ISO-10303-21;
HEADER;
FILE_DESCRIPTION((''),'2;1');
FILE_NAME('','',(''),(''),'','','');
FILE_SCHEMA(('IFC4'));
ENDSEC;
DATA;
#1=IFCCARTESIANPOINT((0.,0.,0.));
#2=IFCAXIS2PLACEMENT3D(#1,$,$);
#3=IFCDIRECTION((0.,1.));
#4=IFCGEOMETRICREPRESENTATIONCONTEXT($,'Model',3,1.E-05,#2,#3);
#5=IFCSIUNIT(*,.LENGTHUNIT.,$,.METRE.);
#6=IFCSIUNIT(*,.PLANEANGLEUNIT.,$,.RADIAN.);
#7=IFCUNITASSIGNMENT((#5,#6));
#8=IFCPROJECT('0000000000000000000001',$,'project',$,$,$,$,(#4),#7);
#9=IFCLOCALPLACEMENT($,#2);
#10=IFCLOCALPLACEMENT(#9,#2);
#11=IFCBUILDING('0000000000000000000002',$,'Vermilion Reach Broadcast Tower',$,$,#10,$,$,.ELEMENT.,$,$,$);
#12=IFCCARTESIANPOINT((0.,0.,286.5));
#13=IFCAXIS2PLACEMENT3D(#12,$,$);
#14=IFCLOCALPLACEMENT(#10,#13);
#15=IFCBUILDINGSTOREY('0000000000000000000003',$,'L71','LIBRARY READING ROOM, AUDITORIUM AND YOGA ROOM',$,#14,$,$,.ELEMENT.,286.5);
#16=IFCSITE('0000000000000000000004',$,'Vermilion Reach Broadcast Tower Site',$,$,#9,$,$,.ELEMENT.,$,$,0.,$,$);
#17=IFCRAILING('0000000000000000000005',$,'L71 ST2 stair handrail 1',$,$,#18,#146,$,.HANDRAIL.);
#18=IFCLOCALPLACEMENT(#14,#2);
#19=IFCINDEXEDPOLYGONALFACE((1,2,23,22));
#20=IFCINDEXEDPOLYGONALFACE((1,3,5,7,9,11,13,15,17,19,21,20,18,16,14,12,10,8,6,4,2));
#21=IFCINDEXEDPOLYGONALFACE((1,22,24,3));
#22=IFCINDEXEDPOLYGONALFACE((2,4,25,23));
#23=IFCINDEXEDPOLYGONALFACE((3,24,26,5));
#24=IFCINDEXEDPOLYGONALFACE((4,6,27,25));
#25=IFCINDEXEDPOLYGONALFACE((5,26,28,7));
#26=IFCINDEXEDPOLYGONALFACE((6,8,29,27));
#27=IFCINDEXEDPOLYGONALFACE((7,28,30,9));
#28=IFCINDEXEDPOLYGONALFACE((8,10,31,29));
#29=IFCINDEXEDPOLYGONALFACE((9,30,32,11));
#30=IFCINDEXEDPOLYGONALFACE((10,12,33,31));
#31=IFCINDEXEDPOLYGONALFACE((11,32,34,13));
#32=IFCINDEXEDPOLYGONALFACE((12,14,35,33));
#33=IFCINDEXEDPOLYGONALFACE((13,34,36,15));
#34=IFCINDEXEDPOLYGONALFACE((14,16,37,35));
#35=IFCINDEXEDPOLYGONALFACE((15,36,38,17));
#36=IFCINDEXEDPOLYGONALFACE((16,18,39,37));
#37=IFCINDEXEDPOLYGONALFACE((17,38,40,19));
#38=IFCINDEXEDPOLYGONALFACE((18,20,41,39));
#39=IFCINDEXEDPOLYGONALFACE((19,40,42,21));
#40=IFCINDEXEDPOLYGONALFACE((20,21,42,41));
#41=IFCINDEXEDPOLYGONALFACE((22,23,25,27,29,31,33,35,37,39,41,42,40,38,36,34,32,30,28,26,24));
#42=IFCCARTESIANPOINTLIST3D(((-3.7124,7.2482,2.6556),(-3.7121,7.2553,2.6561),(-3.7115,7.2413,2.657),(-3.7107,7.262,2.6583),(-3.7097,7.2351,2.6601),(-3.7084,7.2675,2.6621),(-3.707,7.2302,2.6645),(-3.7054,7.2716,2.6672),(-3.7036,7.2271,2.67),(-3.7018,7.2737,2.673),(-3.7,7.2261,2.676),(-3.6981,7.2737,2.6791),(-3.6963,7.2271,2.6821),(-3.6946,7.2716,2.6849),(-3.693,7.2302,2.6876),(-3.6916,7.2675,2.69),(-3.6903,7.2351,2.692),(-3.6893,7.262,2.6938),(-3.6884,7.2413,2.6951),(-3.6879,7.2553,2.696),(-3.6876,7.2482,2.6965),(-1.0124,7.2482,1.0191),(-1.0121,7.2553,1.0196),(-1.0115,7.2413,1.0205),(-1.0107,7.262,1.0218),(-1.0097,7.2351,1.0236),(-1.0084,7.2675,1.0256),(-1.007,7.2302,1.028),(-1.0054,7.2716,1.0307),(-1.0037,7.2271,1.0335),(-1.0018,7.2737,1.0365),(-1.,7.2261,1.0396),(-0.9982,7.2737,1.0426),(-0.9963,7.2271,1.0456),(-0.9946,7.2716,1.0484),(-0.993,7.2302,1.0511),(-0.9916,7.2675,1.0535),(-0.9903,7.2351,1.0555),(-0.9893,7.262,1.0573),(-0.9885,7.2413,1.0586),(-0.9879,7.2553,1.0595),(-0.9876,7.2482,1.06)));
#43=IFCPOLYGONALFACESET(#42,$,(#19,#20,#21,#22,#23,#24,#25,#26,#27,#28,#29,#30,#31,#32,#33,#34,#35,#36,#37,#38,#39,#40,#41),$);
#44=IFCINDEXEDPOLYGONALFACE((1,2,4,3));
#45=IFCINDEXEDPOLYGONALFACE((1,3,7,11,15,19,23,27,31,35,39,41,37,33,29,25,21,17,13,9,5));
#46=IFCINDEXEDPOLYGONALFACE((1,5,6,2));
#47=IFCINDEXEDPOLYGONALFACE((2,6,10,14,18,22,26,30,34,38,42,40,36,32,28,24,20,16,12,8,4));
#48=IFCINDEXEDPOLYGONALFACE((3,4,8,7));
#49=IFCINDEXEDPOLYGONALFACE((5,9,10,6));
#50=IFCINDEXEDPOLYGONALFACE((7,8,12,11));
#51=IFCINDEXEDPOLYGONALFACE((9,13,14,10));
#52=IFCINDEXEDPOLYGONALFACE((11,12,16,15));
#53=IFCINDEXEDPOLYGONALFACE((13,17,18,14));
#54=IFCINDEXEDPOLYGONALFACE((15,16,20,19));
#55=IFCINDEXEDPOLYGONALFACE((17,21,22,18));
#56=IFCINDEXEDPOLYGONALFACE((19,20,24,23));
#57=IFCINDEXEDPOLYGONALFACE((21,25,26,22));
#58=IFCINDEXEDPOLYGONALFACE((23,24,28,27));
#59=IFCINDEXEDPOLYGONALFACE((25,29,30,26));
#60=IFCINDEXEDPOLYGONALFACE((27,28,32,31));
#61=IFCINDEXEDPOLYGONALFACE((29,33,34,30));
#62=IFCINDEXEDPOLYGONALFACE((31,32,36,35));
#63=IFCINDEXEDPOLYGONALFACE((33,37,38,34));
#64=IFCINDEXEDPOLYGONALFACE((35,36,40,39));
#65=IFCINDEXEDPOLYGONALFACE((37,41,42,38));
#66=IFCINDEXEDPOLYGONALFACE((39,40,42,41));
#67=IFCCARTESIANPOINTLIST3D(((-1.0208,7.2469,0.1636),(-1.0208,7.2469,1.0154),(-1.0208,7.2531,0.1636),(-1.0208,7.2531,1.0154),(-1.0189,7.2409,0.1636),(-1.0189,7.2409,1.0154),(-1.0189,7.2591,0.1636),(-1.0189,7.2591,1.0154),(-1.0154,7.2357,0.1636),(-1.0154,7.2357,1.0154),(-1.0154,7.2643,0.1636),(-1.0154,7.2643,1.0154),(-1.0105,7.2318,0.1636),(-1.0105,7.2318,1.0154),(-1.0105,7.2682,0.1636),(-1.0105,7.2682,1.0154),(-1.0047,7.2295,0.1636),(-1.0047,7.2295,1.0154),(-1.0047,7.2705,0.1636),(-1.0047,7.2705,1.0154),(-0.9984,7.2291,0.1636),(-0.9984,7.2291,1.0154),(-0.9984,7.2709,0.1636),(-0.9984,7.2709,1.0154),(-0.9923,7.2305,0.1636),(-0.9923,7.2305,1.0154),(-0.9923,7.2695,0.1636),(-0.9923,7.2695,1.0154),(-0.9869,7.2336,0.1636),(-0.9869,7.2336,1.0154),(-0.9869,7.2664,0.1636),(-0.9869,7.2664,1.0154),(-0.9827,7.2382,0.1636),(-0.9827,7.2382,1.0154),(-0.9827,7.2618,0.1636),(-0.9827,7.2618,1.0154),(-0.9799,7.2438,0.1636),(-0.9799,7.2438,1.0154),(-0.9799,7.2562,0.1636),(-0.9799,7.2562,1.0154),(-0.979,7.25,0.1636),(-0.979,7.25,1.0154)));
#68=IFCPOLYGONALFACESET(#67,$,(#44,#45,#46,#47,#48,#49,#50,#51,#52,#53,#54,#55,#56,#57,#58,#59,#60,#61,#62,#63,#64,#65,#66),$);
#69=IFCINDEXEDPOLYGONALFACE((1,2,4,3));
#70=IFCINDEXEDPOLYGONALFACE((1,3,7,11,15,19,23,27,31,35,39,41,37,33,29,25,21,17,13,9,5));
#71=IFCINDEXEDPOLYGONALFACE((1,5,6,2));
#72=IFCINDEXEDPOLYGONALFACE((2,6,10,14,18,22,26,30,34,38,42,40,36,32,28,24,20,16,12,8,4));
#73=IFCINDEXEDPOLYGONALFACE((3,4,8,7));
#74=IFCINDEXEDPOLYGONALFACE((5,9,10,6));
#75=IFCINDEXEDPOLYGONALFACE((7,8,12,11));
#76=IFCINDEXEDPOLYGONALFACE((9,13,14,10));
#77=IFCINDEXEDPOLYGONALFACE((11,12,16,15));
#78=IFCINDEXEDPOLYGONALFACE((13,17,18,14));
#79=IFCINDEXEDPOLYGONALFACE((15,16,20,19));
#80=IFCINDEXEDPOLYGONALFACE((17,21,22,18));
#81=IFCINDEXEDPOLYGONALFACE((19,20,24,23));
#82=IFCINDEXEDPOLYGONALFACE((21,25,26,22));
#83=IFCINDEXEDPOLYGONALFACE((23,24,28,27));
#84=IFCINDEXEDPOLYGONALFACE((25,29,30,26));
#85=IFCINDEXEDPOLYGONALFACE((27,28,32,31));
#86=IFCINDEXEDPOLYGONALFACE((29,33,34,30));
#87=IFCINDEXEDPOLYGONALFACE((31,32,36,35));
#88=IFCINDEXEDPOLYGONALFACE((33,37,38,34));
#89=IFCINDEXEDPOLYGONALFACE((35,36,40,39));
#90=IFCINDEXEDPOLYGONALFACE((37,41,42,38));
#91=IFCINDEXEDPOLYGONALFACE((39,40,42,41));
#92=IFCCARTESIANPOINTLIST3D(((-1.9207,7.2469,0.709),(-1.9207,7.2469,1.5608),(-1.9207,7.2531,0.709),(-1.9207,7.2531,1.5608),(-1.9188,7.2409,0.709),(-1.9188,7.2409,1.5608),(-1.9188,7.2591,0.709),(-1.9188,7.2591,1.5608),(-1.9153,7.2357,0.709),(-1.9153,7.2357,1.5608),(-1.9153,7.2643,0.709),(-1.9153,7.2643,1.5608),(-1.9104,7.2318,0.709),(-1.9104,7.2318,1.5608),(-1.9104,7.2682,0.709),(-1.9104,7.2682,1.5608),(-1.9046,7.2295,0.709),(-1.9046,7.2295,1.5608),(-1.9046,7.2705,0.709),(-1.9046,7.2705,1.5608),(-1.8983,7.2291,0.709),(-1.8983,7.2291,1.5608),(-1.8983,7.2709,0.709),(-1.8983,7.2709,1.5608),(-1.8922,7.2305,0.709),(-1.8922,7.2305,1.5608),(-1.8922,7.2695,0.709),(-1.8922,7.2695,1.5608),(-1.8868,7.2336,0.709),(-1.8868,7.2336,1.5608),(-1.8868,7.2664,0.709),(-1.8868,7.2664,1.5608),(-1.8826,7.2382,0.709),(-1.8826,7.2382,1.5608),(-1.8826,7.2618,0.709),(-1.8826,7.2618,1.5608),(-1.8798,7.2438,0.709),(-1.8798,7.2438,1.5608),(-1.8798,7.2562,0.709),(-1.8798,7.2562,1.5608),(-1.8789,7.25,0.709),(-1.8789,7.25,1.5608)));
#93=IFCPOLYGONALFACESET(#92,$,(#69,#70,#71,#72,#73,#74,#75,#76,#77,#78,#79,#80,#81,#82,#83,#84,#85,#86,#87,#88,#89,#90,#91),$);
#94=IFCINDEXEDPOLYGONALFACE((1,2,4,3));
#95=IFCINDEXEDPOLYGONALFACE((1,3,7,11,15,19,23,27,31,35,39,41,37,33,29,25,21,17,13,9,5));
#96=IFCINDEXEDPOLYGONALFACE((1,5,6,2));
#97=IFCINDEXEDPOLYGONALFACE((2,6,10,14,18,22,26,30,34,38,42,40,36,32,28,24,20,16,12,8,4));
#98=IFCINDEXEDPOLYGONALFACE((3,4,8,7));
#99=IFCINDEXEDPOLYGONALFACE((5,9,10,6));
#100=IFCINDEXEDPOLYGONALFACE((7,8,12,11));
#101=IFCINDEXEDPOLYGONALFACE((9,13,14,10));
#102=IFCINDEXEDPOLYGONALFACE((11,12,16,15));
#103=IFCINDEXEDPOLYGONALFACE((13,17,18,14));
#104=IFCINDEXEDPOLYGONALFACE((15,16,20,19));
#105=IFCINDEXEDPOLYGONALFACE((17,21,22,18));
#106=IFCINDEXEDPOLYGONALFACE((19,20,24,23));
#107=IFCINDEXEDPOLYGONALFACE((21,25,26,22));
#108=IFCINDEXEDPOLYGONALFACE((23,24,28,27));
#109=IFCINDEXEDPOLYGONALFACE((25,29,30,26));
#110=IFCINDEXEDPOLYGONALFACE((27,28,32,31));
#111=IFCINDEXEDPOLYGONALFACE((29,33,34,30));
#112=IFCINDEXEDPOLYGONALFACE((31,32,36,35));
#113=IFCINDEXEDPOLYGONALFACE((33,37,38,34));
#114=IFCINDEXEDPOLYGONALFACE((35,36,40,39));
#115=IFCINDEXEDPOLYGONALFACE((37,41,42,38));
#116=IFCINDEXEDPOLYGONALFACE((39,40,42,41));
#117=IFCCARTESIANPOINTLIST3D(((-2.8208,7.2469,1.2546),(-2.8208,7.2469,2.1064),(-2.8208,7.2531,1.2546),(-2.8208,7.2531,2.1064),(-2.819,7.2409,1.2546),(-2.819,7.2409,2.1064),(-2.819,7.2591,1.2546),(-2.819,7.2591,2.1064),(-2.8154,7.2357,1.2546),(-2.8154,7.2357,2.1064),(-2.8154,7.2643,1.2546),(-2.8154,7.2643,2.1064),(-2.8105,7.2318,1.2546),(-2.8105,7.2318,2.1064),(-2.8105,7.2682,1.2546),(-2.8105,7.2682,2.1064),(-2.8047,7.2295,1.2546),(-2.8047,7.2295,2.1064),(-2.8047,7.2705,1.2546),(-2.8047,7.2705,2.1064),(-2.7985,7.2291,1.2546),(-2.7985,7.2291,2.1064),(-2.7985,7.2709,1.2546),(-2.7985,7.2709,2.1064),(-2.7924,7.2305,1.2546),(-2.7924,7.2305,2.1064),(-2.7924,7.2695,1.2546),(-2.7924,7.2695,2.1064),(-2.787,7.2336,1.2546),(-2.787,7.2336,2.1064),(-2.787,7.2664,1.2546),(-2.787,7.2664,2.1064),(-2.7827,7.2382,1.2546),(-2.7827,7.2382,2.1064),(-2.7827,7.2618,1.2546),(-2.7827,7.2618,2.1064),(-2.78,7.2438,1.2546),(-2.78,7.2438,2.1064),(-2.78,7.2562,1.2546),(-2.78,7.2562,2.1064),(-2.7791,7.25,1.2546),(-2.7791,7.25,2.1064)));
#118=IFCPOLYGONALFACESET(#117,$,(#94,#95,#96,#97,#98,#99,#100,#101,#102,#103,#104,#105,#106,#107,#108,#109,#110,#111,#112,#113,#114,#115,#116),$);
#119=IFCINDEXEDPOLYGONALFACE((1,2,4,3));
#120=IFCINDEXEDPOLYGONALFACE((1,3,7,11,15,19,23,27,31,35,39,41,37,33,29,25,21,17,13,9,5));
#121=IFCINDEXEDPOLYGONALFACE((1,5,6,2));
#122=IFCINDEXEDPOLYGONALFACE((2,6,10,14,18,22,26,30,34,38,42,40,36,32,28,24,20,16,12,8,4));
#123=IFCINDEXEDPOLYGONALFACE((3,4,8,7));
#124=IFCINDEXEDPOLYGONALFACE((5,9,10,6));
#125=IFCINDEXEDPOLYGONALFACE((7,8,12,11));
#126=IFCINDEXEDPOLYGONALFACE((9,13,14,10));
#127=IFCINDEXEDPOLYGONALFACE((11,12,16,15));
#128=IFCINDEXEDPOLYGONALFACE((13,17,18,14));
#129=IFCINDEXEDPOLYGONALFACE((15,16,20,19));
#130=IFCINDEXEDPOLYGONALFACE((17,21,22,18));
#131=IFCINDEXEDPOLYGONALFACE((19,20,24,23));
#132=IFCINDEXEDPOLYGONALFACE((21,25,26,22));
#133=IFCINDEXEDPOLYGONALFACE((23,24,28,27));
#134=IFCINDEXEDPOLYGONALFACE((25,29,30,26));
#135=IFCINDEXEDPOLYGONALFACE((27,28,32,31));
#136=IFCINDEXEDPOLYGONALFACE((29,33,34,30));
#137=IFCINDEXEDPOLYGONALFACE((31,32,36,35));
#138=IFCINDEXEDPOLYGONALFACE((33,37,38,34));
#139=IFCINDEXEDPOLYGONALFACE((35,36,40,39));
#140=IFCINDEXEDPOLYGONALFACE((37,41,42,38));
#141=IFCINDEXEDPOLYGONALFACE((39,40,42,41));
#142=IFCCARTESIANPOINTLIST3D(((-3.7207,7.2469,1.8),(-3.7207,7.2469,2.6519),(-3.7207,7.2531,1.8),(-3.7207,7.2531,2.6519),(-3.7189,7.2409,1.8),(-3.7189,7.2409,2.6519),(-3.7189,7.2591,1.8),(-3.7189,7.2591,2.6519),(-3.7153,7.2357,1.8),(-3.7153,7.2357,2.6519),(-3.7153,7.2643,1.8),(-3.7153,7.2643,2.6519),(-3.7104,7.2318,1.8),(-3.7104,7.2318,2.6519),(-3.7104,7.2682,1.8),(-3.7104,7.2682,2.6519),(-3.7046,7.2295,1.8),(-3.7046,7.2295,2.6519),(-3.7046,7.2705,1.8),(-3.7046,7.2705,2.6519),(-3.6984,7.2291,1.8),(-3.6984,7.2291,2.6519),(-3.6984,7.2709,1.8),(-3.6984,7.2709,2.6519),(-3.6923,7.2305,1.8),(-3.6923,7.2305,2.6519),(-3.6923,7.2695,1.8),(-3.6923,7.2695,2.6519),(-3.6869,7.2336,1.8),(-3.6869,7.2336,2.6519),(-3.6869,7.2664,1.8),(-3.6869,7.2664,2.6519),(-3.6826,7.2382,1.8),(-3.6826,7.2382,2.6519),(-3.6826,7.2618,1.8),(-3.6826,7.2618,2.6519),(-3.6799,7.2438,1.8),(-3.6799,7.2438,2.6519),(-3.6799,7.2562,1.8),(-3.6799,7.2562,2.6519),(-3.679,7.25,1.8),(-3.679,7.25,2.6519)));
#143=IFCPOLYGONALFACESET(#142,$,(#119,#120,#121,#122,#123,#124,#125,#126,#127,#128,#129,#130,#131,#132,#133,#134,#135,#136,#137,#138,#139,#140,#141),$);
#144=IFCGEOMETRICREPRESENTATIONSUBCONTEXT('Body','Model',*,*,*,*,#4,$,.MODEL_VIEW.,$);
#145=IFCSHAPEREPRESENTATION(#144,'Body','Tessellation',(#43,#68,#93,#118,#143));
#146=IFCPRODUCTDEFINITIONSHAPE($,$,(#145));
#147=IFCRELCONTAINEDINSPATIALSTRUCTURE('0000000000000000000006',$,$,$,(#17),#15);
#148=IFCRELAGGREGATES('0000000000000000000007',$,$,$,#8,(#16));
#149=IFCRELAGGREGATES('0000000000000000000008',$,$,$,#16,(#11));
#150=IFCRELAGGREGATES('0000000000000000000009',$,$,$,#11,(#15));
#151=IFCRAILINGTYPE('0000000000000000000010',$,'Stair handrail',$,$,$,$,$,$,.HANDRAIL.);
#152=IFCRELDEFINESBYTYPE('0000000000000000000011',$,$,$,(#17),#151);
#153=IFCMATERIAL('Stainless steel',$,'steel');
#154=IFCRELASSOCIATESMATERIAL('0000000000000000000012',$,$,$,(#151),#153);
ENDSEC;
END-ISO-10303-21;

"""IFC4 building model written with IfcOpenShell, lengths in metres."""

from ifc_helpers import new_model, si_unit, direction, frame, origin, origin_2d, place, context, subcontext, project, spatial, circle, extrude, material, type_object, element, save


model = new_model("IFC4")

# Units and contexts
model_context = context("Model", 3, precision=1e-05, world=origin(), true_north=direction((0.0, 1.0)))
body_context = subcontext(model_context, "Body", "Model", "MODEL_VIEW")
ifc_project = project(units=[si_unit("LENGTHUNIT", "METRE"), si_unit("PLANEANGLEUNIT", "RADIAN")], contexts=[model_context])

# Site, building, storey
site_placement = place(None, origin())
site = spatial("IfcSite", under=ifc_project, at=site_placement, Name="Vermilion Reach Broadcast Tower Site", CompositionType="ELEMENT", RefElevation=0.0)
building_placement = place(site_placement, origin())
building = spatial("IfcBuilding", under=site, at=building_placement, Name="Vermilion Reach Broadcast Tower", CompositionType="ELEMENT")
storey_placement = place(building_placement, frame((0.0, 0.0, 286.5)))
storey = spatial("IfcBuildingStorey", under=building, at=storey_placement, Name="L71", Description="LIBRARY READING ROOM, AUDITORIUM AND YOGA ROOM", CompositionType="ELEMENT", Elevation=286.5)

# Railing
ifc_material_1 = material(Name="Stainless steel", Category="steel")
railing_type_1 = type_object("IfcRailingType", Name="Stair handrail", PredefinedType="HANDRAIL", material=ifc_material_1)
railing_1_placement = place(storey_placement, frame((-1.0, 7.25, 0.1636)))
element("IfcRailing", 1, at=railing_1_placement, inside=storey, type_object=railing_type_1, Name="L71 ST2 stair handrail 1", PredefinedType="HANDRAIL", context=body_context, shape_type="SweptSolid", body=[
    extrude(circle(Radius=0.0239, at=origin_2d()), frame((0.0, 0.0, 0.876), z_axis=(-0.855178, 0.0, 0.518334), x_axis=(0.0, -1.0, 0.0)), (0.0, 0.0, 1.0), 3.1572),
    extrude(circle(Radius=0.021, at=origin_2d()), origin(), (0.0, 0.0, 1.0), 0.8518),
    extrude(circle(Radius=0.021, at=origin_2d()), frame((-0.8999, 0.0, 0.5454)), (0.0, 0.0, 1.0), 0.8518),
    extrude(circle(Radius=0.021, at=origin_2d()), frame((-1.8, 0.0, 1.0911)), (0.0, 0.0, 1.0), 0.8518),
    extrude(circle(Radius=0.021, at=origin_2d()), frame((-2.7, 0.0, 1.6365)), (0.0, 0.0, 1.0), 0.8518),
])

save(model, "model.ifc")
